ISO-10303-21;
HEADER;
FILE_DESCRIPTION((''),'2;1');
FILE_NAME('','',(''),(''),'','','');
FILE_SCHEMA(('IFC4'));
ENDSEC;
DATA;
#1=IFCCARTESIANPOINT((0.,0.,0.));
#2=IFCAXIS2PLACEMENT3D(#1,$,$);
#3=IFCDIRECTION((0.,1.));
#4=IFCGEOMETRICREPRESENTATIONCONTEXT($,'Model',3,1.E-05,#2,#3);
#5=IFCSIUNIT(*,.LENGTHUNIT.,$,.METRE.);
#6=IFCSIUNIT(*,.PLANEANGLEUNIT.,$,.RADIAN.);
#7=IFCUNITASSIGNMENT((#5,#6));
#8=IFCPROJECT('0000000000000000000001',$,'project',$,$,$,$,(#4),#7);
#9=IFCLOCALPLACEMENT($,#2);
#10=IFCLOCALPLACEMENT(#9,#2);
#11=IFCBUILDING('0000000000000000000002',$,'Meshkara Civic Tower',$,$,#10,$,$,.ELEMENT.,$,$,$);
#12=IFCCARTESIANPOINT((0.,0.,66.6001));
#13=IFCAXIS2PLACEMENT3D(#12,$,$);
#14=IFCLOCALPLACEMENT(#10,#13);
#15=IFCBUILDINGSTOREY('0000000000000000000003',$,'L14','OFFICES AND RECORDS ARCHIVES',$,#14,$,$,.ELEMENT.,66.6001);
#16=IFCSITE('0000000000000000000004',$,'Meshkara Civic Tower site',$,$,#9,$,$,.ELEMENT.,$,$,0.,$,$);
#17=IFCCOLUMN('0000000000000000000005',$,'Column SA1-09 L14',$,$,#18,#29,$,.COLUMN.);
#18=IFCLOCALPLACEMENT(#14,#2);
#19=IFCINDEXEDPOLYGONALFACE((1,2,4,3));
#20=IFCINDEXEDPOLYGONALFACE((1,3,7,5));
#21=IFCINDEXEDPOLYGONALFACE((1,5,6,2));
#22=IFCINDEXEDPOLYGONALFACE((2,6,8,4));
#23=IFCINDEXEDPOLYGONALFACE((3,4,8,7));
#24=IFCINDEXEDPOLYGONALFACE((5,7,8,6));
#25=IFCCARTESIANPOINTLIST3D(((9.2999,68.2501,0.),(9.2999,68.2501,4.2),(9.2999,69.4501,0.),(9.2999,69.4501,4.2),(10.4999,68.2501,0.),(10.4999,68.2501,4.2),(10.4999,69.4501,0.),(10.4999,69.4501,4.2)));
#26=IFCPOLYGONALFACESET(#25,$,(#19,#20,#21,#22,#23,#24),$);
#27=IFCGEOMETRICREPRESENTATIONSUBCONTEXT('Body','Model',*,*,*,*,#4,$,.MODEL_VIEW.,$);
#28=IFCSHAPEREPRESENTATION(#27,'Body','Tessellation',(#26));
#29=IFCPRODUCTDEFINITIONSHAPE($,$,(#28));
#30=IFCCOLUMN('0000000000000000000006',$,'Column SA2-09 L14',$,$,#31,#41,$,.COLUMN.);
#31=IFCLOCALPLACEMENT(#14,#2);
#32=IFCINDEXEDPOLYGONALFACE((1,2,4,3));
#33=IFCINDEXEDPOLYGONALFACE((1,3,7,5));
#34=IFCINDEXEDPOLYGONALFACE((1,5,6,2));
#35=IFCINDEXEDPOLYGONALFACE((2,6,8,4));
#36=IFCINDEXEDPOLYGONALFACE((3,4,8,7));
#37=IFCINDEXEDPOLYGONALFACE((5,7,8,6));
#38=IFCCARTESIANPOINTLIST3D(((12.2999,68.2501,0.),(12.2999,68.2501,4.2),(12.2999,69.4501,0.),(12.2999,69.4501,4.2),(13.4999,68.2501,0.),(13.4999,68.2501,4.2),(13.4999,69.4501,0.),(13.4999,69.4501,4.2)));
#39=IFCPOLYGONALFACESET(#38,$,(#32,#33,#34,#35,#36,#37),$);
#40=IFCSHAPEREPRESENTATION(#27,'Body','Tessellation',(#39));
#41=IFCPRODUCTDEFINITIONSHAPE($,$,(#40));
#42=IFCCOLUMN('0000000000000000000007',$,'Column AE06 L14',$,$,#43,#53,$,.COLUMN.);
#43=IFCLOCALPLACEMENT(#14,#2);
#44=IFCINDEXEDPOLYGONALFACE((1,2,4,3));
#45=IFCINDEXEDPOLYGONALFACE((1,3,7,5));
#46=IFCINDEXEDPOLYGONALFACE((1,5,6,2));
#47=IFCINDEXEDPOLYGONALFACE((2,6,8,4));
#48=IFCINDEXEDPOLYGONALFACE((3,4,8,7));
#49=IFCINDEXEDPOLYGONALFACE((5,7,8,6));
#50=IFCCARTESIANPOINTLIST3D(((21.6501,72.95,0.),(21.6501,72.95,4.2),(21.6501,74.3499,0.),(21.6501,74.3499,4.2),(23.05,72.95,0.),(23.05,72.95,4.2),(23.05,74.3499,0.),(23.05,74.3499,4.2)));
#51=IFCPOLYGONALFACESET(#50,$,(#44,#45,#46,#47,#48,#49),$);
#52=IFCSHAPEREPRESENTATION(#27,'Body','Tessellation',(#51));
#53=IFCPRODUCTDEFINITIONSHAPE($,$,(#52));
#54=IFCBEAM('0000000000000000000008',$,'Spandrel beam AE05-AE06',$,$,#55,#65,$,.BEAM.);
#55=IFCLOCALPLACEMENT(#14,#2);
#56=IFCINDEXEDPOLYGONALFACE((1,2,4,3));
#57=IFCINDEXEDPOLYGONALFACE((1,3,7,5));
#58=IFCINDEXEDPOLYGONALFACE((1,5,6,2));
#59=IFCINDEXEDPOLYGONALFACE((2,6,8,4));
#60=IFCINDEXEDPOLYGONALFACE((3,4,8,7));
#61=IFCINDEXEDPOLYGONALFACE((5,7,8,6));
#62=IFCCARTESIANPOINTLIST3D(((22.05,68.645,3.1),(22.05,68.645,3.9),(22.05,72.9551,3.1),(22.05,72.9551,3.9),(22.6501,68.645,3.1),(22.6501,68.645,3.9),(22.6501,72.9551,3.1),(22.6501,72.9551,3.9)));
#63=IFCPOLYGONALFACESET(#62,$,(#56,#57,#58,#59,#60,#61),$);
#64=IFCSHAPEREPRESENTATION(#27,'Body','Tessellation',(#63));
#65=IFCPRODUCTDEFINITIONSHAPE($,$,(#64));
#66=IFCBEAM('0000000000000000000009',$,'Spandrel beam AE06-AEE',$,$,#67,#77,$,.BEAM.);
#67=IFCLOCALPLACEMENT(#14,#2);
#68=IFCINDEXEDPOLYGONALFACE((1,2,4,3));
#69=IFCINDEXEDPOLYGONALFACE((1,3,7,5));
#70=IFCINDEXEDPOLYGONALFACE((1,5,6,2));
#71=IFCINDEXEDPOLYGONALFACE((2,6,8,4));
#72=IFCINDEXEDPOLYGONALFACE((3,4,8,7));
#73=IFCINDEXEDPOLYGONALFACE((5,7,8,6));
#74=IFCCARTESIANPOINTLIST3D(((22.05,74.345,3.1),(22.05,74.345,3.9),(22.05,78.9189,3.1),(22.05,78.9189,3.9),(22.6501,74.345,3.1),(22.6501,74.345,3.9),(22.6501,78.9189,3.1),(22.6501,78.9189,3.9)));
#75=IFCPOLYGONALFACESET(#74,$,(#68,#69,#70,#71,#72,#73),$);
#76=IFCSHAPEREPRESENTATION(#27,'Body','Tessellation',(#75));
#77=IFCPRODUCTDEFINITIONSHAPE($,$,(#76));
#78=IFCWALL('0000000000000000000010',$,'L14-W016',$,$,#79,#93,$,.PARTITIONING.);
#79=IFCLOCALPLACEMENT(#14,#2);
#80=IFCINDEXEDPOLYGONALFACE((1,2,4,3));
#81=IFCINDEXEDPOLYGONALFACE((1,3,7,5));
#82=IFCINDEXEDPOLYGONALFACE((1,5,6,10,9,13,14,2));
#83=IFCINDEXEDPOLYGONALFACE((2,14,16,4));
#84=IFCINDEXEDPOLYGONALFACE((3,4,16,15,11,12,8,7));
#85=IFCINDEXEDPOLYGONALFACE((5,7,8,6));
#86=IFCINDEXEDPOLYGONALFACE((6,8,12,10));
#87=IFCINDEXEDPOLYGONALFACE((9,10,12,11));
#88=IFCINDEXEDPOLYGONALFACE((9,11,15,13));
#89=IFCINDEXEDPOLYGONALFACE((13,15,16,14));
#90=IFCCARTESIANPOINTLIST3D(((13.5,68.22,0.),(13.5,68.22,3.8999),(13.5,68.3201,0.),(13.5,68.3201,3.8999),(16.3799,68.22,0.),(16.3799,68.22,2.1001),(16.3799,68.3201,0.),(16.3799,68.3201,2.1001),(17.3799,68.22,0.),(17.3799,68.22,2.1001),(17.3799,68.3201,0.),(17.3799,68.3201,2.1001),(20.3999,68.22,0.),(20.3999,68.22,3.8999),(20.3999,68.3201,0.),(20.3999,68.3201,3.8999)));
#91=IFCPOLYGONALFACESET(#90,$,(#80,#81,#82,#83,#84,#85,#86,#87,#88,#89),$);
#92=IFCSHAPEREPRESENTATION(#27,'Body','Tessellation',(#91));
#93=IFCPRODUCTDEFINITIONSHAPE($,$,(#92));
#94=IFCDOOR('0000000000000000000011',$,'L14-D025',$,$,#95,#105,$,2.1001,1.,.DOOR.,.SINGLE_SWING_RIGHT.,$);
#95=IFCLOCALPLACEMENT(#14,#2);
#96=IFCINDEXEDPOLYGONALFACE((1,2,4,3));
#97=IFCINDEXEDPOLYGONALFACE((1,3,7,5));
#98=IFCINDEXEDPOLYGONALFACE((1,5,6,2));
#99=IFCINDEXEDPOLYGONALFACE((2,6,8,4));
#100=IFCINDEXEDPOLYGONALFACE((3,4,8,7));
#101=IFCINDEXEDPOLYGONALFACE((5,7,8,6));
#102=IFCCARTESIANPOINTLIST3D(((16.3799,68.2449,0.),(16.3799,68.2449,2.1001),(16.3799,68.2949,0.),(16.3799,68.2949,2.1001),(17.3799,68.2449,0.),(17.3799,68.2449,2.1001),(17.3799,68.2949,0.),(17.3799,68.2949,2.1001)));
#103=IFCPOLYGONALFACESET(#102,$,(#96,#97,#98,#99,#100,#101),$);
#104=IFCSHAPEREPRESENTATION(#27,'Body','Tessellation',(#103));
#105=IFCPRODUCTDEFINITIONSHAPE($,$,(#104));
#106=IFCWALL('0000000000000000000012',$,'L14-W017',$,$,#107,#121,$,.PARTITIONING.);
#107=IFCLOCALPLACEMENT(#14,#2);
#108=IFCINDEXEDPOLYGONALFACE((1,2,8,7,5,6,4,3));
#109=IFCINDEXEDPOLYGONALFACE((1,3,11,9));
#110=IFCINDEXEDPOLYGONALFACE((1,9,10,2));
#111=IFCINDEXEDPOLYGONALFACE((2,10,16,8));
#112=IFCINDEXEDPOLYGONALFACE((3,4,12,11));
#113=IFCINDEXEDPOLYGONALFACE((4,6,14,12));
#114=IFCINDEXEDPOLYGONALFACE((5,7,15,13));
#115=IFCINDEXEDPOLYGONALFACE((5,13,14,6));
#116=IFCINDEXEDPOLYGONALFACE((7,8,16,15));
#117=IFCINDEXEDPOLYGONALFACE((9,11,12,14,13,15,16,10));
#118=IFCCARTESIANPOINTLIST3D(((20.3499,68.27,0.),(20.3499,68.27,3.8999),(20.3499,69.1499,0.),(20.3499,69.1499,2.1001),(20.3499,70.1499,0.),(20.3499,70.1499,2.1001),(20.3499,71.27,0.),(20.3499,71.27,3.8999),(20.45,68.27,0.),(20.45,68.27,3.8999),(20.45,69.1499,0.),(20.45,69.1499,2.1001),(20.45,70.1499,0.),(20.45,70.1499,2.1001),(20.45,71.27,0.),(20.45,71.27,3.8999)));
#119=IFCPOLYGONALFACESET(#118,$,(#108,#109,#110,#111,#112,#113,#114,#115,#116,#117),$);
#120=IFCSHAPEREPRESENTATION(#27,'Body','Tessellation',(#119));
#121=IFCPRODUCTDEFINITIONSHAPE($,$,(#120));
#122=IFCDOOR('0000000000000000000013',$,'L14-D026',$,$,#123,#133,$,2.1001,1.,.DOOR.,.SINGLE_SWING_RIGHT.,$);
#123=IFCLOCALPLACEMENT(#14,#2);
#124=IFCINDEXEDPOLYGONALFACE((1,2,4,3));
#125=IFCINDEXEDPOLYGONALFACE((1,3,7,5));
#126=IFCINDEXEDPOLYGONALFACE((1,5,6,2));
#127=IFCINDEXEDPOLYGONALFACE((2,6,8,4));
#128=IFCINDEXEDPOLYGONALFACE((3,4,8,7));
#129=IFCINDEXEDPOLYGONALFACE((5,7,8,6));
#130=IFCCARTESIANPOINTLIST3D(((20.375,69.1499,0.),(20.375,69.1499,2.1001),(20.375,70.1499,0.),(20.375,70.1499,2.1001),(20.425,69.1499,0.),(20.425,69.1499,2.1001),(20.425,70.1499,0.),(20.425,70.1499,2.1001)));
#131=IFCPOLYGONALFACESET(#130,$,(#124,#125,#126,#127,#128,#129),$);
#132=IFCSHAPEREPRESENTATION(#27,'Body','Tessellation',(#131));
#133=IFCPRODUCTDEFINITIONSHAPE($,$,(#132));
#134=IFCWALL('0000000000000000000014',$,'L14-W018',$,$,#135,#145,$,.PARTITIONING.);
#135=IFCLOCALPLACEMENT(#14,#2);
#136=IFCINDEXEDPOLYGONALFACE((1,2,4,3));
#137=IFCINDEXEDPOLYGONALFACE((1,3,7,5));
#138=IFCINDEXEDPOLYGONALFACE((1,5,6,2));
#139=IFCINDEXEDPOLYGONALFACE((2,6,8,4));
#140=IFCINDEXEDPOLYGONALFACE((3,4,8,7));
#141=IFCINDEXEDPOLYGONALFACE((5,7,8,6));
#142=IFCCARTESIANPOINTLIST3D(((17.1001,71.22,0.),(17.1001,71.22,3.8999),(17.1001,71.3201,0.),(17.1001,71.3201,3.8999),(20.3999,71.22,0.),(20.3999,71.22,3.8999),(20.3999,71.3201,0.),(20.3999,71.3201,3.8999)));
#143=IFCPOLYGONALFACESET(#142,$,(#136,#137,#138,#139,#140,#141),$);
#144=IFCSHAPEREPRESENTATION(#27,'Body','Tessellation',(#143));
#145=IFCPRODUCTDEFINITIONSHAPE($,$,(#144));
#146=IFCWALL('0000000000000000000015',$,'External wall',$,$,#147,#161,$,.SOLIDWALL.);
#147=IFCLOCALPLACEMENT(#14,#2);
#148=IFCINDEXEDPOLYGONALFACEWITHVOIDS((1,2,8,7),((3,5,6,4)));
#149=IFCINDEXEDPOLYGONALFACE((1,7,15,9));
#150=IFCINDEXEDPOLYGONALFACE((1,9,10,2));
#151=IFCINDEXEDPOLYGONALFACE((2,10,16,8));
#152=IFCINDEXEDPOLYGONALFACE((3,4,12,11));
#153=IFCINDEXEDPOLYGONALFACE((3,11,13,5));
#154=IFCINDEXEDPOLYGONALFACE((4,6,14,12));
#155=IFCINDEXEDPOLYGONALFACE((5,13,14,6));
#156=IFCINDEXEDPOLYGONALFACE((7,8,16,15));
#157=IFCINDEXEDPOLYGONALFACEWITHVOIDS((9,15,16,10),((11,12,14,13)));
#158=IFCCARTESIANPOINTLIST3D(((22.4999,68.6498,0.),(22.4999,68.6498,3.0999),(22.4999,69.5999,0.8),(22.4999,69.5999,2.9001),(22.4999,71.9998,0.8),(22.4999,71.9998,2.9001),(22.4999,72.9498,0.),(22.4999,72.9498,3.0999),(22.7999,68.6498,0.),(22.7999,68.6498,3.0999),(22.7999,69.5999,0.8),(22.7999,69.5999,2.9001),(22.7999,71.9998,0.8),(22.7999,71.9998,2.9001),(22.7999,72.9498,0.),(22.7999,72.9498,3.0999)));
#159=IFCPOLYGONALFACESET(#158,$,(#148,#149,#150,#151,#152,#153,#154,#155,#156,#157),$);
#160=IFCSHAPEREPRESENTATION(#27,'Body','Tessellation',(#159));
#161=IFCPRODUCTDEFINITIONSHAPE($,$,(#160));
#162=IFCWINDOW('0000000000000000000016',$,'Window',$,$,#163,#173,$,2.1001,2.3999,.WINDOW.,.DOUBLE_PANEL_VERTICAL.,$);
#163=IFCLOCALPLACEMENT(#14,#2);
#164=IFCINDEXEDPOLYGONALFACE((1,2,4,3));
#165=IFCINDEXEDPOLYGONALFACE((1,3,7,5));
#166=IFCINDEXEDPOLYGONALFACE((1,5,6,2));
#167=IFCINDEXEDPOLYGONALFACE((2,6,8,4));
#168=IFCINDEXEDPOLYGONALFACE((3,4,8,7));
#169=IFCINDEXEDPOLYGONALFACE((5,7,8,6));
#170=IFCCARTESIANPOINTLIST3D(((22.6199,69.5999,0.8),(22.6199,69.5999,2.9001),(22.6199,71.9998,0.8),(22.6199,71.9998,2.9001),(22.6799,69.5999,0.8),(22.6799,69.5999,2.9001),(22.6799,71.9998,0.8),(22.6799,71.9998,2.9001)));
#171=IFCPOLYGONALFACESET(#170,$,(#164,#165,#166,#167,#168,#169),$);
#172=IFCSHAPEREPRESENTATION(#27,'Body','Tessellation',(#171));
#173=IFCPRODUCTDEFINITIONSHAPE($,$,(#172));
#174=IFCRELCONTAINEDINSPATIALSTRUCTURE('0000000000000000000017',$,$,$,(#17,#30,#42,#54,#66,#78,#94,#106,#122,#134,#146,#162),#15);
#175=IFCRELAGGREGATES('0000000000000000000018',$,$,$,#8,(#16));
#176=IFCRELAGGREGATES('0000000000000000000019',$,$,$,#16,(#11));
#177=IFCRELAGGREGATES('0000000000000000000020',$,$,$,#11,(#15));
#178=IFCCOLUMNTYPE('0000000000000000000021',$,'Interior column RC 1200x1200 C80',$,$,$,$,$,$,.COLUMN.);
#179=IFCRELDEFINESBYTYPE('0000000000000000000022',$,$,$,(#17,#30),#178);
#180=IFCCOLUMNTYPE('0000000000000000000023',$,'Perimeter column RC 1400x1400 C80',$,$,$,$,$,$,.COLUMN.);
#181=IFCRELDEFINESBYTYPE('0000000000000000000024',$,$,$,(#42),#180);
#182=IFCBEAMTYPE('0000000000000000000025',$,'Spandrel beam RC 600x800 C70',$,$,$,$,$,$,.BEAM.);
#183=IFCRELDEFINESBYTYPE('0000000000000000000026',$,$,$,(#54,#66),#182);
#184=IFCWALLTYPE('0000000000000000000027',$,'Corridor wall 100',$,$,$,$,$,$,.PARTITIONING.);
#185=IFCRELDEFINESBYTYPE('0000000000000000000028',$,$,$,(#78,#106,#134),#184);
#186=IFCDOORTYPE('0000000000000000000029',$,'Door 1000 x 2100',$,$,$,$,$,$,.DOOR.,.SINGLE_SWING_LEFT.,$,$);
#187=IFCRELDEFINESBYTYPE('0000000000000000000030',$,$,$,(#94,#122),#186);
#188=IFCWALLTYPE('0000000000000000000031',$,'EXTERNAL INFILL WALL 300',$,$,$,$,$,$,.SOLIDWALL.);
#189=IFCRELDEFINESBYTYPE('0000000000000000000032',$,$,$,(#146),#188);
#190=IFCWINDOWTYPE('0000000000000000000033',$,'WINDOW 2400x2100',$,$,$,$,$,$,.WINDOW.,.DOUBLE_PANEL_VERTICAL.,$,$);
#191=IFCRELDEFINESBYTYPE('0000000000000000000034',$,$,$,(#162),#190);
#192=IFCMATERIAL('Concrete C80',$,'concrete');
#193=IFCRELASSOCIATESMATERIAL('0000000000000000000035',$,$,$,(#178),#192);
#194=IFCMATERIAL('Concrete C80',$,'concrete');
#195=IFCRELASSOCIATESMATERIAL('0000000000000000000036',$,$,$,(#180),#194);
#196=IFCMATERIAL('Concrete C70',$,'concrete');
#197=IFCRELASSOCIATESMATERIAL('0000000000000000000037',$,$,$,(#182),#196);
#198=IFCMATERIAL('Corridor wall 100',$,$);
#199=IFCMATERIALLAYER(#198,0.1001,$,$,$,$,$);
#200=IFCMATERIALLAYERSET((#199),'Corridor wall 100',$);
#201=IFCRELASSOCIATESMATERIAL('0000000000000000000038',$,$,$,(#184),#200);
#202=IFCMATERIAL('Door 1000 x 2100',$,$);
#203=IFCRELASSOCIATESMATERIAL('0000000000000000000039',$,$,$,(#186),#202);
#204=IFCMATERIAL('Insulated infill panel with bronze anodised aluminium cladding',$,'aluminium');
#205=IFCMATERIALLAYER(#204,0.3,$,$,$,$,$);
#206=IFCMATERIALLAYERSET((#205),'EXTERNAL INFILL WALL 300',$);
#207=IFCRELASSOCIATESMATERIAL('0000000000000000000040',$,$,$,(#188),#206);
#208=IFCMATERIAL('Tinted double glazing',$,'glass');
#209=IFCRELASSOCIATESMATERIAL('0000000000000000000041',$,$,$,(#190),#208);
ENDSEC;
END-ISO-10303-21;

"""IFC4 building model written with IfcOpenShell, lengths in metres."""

from ifc_helpers import new_model, si_unit, direction, frame, frame_2d, origin, origin_2d, place, context, subcontext, project, spatial, rectangle, extrude, material, layer, layer_set, material_profile, profile_set, type_object, element, fill, save


model = new_model("IFC4")

# Units and contexts
model_context = context("Model", 3, precision=1e-05, world=origin(), true_north=direction((0.0, 1.0)))
body_context = subcontext(model_context, "Body", "Model", "MODEL_VIEW")
ifc_project = project(units=[si_unit("LENGTHUNIT", "METRE"), si_unit("PLANEANGLEUNIT", "RADIAN")], contexts=[model_context])

# Site, building, storey
site_placement = place(None, origin())
site = spatial("IfcSite", under=ifc_project, at=site_placement, Name="Meshkara Civic Tower site", CompositionType="ELEMENT", RefElevation=0.0)
building_placement = place(site_placement, origin())
building = spatial("IfcBuilding", under=site, at=building_placement, Name="Meshkara Civic Tower", CompositionType="ELEMENT")
storey_placement = place(building_placement, frame((0.0, 0.0, 66.6001)))
storey = spatial("IfcBuildingStorey", under=building, at=storey_placement, Name="L14", Description="OFFICES AND RECORDS ARCHIVES", CompositionType="ELEMENT", Elevation=66.6001)

# Columns
ifc_material_1 = material(Name="Concrete C80", Category="concrete")
ifc_material_profile_1 = material_profile(ifc_material_1, rectangle(XDim=1.2, YDim=1.2, at=origin_2d()))
ifc_profile_set_1 = profile_set([ifc_material_profile_1], Name="Concrete C80")
column_type_1 = type_object("IfcColumnType", Name="Interior column RC 1200x1200 C80", PredefinedType="COLUMN", material=ifc_profile_set_1)
for number, where, z_axis, x_axis, name in (
    (1, (9.8999, 68.8501, 0.0), (0.0, 0.0, 1.0), (1.0, 0.0, 0.0), "Column SA1-09 L14"),
    (2, (12.8999, 68.8501, 0.0), (0.0, 0.0, 1.0), (1.0, 0.0, 0.0), "Column SA2-09 L14"),
):
    element("IfcColumn", number, at=place(storey_placement, frame(where, z_axis=z_axis, x_axis=x_axis)), inside=storey, type_object=column_type_1, Name=name, PredefinedType="COLUMN", context=body_context, shape_type="SweptSolid", body=[
        extrude(rectangle(XDim=1.2, YDim=1.2, at=origin_2d()), origin(), (0.0, 0.0, 1.0), 4.2),
    ])
ifc_material_2 = material(Name="Concrete C80", Category="concrete")
ifc_material_profile_2 = material_profile(ifc_material_2, rectangle(XDim=1.3999, YDim=1.3999, at=origin_2d()))
ifc_profile_set_2 = profile_set([ifc_material_profile_2], Name="Concrete C80")
column_type_2 = type_object("IfcColumnType", Name="Perimeter column RC 1400x1400 C80", PredefinedType="COLUMN", material=ifc_profile_set_2)
column_placement = place(storey_placement, frame((22.3501, 73.6499, 0.0), z_axis=(0.0, 0.0, 1.0), x_axis=(1.0, 0.0, 0.0)))
element("IfcColumn", 3, at=column_placement, inside=storey, type_object=column_type_2, Name="Column AE06 L14", PredefinedType="COLUMN", context=body_context, shape_type="SweptSolid", body=[
    extrude(rectangle(XDim=1.3999, YDim=1.3999, at=origin_2d()), origin(), (0.0, 0.0, 1.0), 4.2),
])

# Beams
ifc_material_3 = material(Name="Concrete C70", Category="concrete")
ifc_material_profile_3 = material_profile(ifc_material_3, rectangle(XDim=0.6001, YDim=0.8, at=origin_2d()))
ifc_profile_set_3 = profile_set([ifc_material_profile_3], Name="Concrete C70")
beam_type = type_object("IfcBeamType", Name="Spandrel beam RC 600x800 C70", PredefinedType="BEAM", material=ifc_profile_set_3)
beam_1_placement = place(storey_placement, frame((22.3501, 68.645, 3.5), z_axis=(0.0, 1.0, 0.0), x_axis=(-1.0, 0.0, 0.0)))
element("IfcBeam", 4, at=beam_1_placement, inside=storey, type_object=beam_type, Name="Spandrel beam AE05-AE06", PredefinedType="BEAM", context=body_context, shape_type="SweptSolid", body=[
    extrude(rectangle(XDim=0.6001, YDim=0.8, at=origin_2d()), origin(), (0.0, 0.0, 1.0), 4.3101),
])
beam_2_placement = place(storey_placement, frame((22.3501, 74.345, 3.5), z_axis=(0.0, 1.0, 0.0), x_axis=(-1.0, 0.0, 0.0)))
element("IfcBeam", 5, at=beam_2_placement, inside=storey, type_object=beam_type, Name="Spandrel beam AE06-AEE", PredefinedType="BEAM", context=body_context, shape_type="SweptSolid", body=[
    extrude(rectangle(XDim=0.6001, YDim=0.8, at=origin_2d()), origin(), (0.0, 0.0, 1.0), 4.574),
])

# Walls, openings, doors
ifc_material_4 = material(Name="Corridor wall 100")
ifc_layer_1 = layer(ifc_material_4, 0.1001)
ifc_layer_set_1 = layer_set([ifc_layer_1], Name="Corridor wall 100")
wall_type_1 = type_object("IfcWallType", Name="Corridor wall 100", PredefinedType="PARTITIONING", material=ifc_layer_set_1)
wall_1_placement = place(storey_placement, frame((13.5, 68.27, 0.0), z_axis=(0.0, 0.0, 1.0), x_axis=(1.0, 0.0, 0.0)))
wall_1 = element("IfcWall", 6, at=wall_1_placement, inside=storey, type_object=wall_type_1, Name="L14-W016", PredefinedType="PARTITIONING", context=body_context, shape_type="SweptSolid", body=[
    extrude(rectangle(XDim=6.8999, YDim=0.1001, at=frame_2d((3.45, 0.0))), origin(), (0.0, 0.0, 1.0), 3.8999),
])
opening_1_placement = place(wall_1_placement, frame((2.8799, 0.0, 0.0)))
opening_1 = element("IfcOpeningElement", 7, at=opening_1_placement, cuts=wall_1, PredefinedType="OPENING", context=body_context, shape_type="SweptSolid", body=[
    extrude(rectangle(XDim=1.0, YDim=2.1001, at=frame_2d((0.5, 1.05))), frame((0.0, 0.0601, 0.0), z_axis=(0.0, -1.0, 0.0), x_axis=(1.0, 0.0, 0.0)), (0.0, 0.0, 1.0), 0.1201),
])
ifc_material_5 = material(Name="Door 1000 x 2100")
door_type_1 = type_object("IfcDoorType", Name="Door 1000 x 2100", OperationType="SINGLE_SWING_LEFT", PredefinedType="DOOR", material=ifc_material_5)
door_1_placement = place(opening_1_placement, origin())
door_1 = element("IfcDoor", 8, at=door_1_placement, inside=storey, type_object=door_type_1, Name="L14-D025", OperationType="SINGLE_SWING_RIGHT", OverallHeight=2.1001, OverallWidth=1.0, PredefinedType="DOOR", context=body_context, shape_type="SweptSolid", body=[
    extrude(rectangle(XDim=1.0, YDim=2.1001, at=frame_2d((0.5, 1.05))), frame((0.0, 0.0249, 0.0), z_axis=(0.0, -1.0, 0.0), x_axis=(1.0, 0.0, 0.0)), (0.0, 0.0, 1.0), 0.05),
])
fill(opening_1, door_1)
wall_2_placement = place(storey_placement, frame((20.3999, 68.27, 0.0), z_axis=(0.0, 0.0, 1.0), x_axis=(0.0, 1.0, 0.0)))
wall_2 = element("IfcWall", 9, at=wall_2_placement, inside=storey, type_object=wall_type_1, Name="L14-W017", PredefinedType="PARTITIONING", context=body_context, shape_type="SweptSolid", body=[
    extrude(rectangle(XDim=3.0, YDim=0.1001, at=frame_2d((1.5, 0.0))), origin(), (0.0, 0.0, 1.0), 3.8999),
])
opening_2_placement = place(wall_2_placement, frame((0.8799, 0.0, 0.0)))
opening_2 = element("IfcOpeningElement", 10, at=opening_2_placement, cuts=wall_2, PredefinedType="OPENING", context=body_context, shape_type="SweptSolid", body=[
    extrude(rectangle(XDim=1.0, YDim=2.1001, at=frame_2d((0.5, 1.05))), frame((0.0, 0.0601, 0.0), z_axis=(0.0, -1.0, 0.0), x_axis=(1.0, 0.0, 0.0)), (0.0, 0.0, 1.0), 0.1201),
])
door_2_placement = place(opening_2_placement, origin())
door_2 = element("IfcDoor", 11, at=door_2_placement, inside=storey, type_object=door_type_1, Name="L14-D026", OperationType="SINGLE_SWING_RIGHT", OverallHeight=2.1001, OverallWidth=1.0, PredefinedType="DOOR", context=body_context, shape_type="SweptSolid", body=[
    extrude(rectangle(XDim=1.0, YDim=2.1001, at=frame_2d((0.5, 1.05))), frame((0.0, 0.0249, 0.0), z_axis=(0.0, -1.0, 0.0), x_axis=(1.0, 0.0, 0.0)), (0.0, 0.0, 1.0), 0.05),
])
fill(opening_2, door_2)

# Wall
wall_3_placement = place(storey_placement, frame((20.3999, 71.27, 0.0), z_axis=(0.0, 0.0, 1.0), x_axis=(-1.0, 0.0, 0.0)))
element("IfcWall", 12, at=wall_3_placement, inside=storey, type_object=wall_type_1, Name="L14-W018", PredefinedType="PARTITIONING", context=body_context, shape_type="SweptSolid", body=[
    extrude(rectangle(XDim=3.2998, YDim=0.1001, at=frame_2d((1.6499, 0.0))), origin(), (0.0, 0.0, 1.0), 3.8999),
])

# Wall, opening, window
ifc_material_6 = material(Name="Insulated infill panel with bronze anodised aluminium cladding", Category="aluminium")
ifc_layer_2 = layer(ifc_material_6, 0.3)
ifc_layer_set_2 = layer_set([ifc_layer_2], Name="EXTERNAL INFILL WALL 300")
wall_type_2 = type_object("IfcWallType", Name="EXTERNAL INFILL WALL 300", PredefinedType="SOLIDWALL", material=ifc_layer_set_2)
wall_4_placement = place(storey_placement, frame((22.6499, 68.6499, 0.0), z_axis=(0.0, 0.0, 1.0), x_axis=(0.0, 1.0, 0.0)))
wall_4 = element("IfcWall", 13, at=wall_4_placement, inside=storey, type_object=wall_type_2, Name="External wall", PredefinedType="SOLIDWALL", context=body_context, shape_type="SweptSolid", body=[
    extrude(rectangle(XDim=4.3, YDim=0.3, at=frame_2d((2.1499, 0.0))), origin(), (0.0, 0.0, 1.0), 3.0999),
])
opening_3_placement = place(wall_4_placement, frame((0.95, 0.0, 0.8)))
opening_3 = element("IfcOpeningElement", 14, at=opening_3_placement, cuts=wall_4, PredefinedType="OPENING", context=body_context, shape_type="SweptSolid", body=[
    extrude(rectangle(XDim=2.3999, YDim=2.1001, at=frame_2d((1.2, 1.05))), frame((0.0, 0.1599, 0.0), z_axis=(0.0, -1.0, 0.0), x_axis=(1.0, 0.0, 0.0)), (0.0, 0.0, 1.0), 0.3201),
])
ifc_material_7 = material(Name="Tinted double glazing", Category="glass")
window_type = type_object("IfcWindowType", Name="WINDOW 2400x2100", PartitioningType="DOUBLE_PANEL_VERTICAL", PredefinedType="WINDOW", material=ifc_material_7)
window_1_placement = place(opening_3_placement, origin())
window_1 = element("IfcWindow", 15, at=window_1_placement, inside=storey, type_object=window_type, Name="Window", OverallHeight=2.1001, OverallWidth=2.3999, PartitioningType="DOUBLE_PANEL_VERTICAL", PredefinedType="WINDOW", context=body_context, shape_type="SweptSolid", body=[
    extrude(rectangle(XDim=2.3999, YDim=2.1001, at=frame_2d((1.2, 1.05))), frame((0.0, 0.03, 0.0), z_axis=(0.0, -1.0, 0.0), x_axis=(1.0, 0.0, 0.0)), (0.0, 0.0, 1.0), 0.0601),
])
fill(opening_3, window_1)

save(model, "model.ifc")
